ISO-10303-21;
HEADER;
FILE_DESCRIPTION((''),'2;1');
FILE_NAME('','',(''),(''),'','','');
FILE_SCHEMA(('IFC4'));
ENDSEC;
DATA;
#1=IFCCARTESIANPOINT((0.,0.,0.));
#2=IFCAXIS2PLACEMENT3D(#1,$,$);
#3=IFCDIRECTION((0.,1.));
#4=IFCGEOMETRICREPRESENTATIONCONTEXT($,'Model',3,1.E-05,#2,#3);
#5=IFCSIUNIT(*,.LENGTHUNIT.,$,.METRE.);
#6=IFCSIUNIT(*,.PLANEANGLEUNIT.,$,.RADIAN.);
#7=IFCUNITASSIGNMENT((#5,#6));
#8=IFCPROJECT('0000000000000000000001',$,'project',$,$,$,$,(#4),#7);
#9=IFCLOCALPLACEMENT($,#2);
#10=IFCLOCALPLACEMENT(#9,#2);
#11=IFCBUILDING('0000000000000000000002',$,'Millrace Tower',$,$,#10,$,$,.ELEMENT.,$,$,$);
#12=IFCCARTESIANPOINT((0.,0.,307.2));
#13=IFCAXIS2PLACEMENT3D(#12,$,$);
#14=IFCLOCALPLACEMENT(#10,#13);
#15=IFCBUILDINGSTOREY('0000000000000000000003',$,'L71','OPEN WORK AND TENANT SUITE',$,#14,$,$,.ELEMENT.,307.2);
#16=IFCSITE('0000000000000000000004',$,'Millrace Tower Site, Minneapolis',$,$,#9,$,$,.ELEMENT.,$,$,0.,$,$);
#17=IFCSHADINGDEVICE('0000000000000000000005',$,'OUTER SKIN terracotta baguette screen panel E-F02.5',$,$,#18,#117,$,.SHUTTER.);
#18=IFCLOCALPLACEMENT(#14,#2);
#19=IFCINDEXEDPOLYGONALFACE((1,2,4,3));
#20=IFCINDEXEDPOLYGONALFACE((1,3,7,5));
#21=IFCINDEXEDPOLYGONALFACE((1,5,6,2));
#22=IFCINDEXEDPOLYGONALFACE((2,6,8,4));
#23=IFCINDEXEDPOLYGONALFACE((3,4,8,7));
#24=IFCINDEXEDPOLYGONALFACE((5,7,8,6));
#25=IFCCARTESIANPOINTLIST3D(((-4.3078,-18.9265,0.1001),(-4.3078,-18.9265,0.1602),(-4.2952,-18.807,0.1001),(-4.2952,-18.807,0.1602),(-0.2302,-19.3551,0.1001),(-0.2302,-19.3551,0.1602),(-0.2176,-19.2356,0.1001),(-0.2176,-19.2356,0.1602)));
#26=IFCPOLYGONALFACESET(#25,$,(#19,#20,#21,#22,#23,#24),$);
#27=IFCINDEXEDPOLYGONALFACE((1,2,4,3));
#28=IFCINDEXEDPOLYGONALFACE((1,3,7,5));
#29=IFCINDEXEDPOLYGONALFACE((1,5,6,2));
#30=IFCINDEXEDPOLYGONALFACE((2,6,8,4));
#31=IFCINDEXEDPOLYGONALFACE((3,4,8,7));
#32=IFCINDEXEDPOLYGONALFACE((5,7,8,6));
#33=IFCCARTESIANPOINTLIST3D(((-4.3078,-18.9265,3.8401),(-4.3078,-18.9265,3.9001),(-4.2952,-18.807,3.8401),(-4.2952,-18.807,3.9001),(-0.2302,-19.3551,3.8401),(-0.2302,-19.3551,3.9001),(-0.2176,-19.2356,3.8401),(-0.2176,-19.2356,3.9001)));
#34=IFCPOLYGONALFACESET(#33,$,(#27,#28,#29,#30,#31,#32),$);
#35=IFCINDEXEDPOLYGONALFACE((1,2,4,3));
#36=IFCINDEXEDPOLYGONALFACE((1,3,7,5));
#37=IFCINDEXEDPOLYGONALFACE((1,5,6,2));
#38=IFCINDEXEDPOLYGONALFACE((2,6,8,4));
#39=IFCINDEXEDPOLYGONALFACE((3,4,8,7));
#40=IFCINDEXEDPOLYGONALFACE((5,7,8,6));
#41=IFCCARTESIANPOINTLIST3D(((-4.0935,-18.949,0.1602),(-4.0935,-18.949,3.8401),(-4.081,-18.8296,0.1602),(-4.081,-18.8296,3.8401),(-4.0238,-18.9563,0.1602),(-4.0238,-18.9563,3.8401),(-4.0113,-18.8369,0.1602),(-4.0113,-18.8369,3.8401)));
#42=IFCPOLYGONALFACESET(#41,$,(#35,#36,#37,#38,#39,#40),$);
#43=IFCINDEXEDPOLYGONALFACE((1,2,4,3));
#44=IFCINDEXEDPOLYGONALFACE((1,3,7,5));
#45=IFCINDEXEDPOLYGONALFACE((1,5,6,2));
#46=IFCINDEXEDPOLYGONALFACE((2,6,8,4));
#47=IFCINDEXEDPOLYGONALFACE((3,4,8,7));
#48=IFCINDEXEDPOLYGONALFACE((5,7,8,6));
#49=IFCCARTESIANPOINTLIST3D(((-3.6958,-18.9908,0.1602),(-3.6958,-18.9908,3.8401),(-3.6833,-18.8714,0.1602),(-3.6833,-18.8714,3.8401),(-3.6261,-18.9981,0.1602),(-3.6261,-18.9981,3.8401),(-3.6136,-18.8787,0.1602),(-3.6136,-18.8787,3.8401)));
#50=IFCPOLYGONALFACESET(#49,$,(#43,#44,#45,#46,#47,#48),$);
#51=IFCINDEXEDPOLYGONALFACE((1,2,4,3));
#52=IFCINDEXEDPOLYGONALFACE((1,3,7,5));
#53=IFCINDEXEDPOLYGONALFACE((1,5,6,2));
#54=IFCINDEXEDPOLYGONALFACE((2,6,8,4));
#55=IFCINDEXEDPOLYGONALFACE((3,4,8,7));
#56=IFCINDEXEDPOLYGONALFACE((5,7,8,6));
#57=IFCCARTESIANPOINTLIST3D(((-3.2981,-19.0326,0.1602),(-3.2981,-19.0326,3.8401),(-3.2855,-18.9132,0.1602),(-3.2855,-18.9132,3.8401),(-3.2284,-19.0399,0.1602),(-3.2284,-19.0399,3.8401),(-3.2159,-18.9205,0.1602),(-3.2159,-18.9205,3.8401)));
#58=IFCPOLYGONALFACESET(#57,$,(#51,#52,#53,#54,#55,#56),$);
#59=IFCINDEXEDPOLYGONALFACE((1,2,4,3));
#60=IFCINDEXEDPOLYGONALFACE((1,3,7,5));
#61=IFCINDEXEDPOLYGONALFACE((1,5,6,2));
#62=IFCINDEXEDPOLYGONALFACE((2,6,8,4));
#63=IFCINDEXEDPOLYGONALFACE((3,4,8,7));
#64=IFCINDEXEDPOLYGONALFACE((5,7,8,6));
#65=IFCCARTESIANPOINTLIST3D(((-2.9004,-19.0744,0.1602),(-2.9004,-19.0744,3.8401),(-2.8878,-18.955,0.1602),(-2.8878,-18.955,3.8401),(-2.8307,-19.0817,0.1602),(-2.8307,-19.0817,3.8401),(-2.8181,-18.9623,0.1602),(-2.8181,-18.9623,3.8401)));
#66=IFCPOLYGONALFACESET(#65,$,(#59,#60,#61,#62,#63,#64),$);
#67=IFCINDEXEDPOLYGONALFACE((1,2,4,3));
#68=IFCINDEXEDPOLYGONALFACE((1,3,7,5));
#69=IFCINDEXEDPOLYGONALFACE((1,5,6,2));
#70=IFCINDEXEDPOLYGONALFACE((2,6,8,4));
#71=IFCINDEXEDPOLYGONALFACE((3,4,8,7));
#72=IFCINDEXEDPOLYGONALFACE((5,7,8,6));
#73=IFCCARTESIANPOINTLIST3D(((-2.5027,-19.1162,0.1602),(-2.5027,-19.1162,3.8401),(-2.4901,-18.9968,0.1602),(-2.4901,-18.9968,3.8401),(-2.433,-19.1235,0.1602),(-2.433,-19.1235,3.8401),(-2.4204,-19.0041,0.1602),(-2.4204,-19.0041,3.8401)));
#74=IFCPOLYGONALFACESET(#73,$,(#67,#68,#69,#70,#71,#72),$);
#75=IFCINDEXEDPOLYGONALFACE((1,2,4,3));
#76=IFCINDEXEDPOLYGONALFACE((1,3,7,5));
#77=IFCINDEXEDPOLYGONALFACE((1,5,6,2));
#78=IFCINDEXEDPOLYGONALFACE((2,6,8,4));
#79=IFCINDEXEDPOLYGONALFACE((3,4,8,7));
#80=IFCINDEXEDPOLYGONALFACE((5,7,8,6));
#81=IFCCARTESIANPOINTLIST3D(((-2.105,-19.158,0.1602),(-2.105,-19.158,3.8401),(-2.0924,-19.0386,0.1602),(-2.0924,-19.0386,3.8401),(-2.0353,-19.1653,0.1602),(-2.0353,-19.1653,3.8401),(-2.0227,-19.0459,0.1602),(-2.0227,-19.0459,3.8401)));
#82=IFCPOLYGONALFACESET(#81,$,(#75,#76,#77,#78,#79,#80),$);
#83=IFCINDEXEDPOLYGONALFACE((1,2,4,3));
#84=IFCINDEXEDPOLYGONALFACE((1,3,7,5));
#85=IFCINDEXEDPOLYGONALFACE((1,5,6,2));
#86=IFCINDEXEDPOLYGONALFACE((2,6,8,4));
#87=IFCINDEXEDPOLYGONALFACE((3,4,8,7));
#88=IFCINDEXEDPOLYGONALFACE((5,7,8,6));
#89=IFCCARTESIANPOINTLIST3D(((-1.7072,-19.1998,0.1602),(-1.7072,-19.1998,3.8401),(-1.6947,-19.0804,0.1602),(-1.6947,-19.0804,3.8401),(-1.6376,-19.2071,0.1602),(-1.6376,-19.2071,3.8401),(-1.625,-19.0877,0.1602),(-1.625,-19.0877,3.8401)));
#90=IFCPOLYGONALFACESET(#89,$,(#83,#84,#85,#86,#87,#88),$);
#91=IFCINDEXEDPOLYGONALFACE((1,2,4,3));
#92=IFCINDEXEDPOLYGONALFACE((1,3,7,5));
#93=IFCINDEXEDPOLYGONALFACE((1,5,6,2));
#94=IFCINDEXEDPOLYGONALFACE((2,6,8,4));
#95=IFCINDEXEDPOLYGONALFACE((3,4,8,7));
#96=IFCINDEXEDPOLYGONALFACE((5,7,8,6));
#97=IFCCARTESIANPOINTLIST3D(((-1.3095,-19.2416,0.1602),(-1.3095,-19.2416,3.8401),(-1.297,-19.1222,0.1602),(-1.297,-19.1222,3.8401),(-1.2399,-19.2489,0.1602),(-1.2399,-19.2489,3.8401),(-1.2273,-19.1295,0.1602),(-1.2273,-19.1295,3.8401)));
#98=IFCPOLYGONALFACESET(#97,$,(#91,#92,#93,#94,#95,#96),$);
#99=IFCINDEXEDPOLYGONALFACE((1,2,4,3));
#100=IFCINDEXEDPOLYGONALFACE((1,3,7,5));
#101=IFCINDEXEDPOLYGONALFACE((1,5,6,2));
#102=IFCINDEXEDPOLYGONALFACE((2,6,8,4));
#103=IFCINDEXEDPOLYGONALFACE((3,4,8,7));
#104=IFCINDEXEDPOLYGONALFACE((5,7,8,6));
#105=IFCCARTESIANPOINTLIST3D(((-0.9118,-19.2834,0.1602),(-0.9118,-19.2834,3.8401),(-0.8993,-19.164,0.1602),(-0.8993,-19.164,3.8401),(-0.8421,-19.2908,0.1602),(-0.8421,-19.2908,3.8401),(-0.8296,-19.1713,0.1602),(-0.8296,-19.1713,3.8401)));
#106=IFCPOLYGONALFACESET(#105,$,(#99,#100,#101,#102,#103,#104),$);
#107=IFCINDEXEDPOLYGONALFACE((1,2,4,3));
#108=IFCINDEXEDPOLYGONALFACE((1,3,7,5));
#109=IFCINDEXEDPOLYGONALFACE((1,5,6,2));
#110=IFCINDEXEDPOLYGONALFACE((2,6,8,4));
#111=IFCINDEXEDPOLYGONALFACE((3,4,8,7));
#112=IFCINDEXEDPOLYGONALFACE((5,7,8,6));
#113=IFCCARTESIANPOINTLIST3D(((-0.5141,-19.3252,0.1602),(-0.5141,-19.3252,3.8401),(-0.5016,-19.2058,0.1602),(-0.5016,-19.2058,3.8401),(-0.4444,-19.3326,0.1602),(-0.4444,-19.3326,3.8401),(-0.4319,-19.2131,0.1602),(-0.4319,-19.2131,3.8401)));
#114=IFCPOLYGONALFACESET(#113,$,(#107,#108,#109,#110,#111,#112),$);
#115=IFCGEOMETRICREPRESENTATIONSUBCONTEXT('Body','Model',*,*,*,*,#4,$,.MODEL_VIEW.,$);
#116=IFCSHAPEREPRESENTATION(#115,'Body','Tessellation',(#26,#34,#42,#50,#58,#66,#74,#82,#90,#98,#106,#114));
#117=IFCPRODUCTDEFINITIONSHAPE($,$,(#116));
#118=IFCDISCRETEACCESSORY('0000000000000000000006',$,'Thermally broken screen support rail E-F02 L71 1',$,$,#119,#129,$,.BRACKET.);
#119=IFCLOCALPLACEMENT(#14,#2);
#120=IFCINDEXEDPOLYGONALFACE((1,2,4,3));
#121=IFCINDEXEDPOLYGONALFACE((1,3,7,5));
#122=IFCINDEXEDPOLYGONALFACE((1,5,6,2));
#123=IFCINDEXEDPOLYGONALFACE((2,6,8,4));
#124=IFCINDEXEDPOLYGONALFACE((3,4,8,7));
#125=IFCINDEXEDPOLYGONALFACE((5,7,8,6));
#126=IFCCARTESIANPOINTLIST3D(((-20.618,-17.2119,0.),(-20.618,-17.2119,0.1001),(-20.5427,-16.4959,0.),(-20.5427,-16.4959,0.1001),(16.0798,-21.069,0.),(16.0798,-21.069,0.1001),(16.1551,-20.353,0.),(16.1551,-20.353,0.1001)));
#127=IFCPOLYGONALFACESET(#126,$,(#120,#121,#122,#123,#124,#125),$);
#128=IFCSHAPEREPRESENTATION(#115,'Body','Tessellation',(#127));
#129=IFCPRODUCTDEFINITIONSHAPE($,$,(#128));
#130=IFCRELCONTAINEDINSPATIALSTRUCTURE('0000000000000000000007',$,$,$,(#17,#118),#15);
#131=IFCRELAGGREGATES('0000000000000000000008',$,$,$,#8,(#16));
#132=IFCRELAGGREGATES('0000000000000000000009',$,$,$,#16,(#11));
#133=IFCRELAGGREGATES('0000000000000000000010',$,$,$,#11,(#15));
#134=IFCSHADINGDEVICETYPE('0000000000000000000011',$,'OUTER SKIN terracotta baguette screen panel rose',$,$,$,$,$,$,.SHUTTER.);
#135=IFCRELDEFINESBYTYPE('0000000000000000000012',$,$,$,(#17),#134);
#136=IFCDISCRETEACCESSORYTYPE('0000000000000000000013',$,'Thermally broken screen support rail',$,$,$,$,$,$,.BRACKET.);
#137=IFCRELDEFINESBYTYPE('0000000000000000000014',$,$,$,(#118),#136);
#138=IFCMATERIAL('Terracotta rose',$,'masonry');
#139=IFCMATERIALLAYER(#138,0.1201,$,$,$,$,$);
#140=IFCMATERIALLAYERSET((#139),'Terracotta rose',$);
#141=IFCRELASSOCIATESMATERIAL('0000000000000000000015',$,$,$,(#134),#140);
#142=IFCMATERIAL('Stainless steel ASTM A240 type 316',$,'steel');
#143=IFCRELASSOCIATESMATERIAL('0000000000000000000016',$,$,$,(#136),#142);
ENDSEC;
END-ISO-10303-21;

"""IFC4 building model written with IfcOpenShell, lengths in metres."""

from ifc_helpers import new_model, entity, si_unit, direction, frame, frame_2d, origin, origin_2d, place, context, subcontext, project, spatial, rectangle, extrude, source, transform, mapped, material, layer, layer_set, type_object, element, save


model = new_model("IFC4")

# Units and contexts
model_context = context("Model", 3, precision=1e-05, world=origin(), true_north=direction((0.0, 1.0)))
body_context = subcontext(model_context, "Body", "Model", "MODEL_VIEW")
ifc_project = project(units=[si_unit("LENGTHUNIT", "METRE"), si_unit("PLANEANGLEUNIT", "RADIAN")], contexts=[model_context])

# Site, building, storey
site_placement = place(None, origin())
site = spatial("IfcSite", under=ifc_project, at=site_placement, Name="Millrace Tower Site, Minneapolis", CompositionType="ELEMENT", RefElevation=0.0)
building_placement = place(site_placement, origin())
building = spatial("IfcBuilding", under=site, at=building_placement, Name="Millrace Tower", CompositionType="ELEMENT")
storey_placement = place(building_placement, frame((0.0, 0.0, 307.2)))
storey = spatial("IfcBuildingStorey", under=building, at=storey_placement, Name="L71", Description="OPEN WORK AND TENANT SUITE", CompositionType="ELEMENT", Elevation=307.2)

# Shading device
ifc_material_1 = material(Name="Terracotta rose", Category="masonry")
ifc_layer_1 = layer(ifc_material_1, 0.1201)
ifc_layer_set_1 = layer_set([ifc_layer_1], Name="Terracotta rose")
shading_device_type = type_object("IfcShadingDeviceType", Name="OUTER SKIN terracotta baguette screen panel rose", PredefinedType="SHUTTER", material=ifc_layer_set_1)
cartesian_point = entity("IfcCartesianPoint", [-2.05, 0.0601])
shared_polyline = entity("IfcPolyline", [cartesian_point, entity("IfcCartesianPoint", [2.05, 0.0601]), entity("IfcCartesianPoint", [2.05, -0.0601]), entity("IfcCartesianPoint", [-2.05, -0.0601]), cartesian_point])
shared_shape = source(origin(), body_context, "Body", "SweptSolid", [
    entity("IfcExtrudedAreaSolid", entity("IfcArbitraryClosedProfileDef", "AREA", None, shared_polyline), entity("IfcAxis2Placement3D", entity("IfcCartesianPoint", [0.0, 0.0, 0.0])), entity("IfcDirection", [0.0, 0.0, 1.0]), 0.0601),
    entity("IfcExtrudedAreaSolid", entity("IfcArbitraryClosedProfileDef", "AREA", None, shared_polyline), entity("IfcAxis2Placement3D", entity("IfcCartesianPoint", [0.0, 0.0, 3.74])), entity("IfcDirection", [0.0, 0.0, 1.0]), 0.0601),
    extrude(rectangle(XDim=0.0701, YDim=0.1201, at=frame_2d((-1.7996, 0.0))), frame((0.0, 0.0, 0.0601)), (0.0, 0.0, 1.0), 3.6799),
    extrude(rectangle(XDim=0.0701, YDim=0.1201, at=frame_2d((-1.3997, 0.0))), frame((0.0, 0.0, 0.0601)), (0.0, 0.0, 1.0), 3.6799),
    extrude(rectangle(XDim=0.0701, YDim=0.1201, at=frame_2d((-0.9998, 0.0))), frame((0.0, 0.0, 0.0601)), (0.0, 0.0, 1.0), 3.6799),
    extrude(rectangle(XDim=0.0701, YDim=0.1201, at=frame_2d((-0.5999, 0.0))), frame((0.0, 0.0, 0.0601)), (0.0, 0.0, 1.0), 3.6799),
    extrude(rectangle(XDim=0.0701, YDim=0.1201, at=frame_2d((-0.2, 0.0))), frame((0.0, 0.0, 0.0601)), (0.0, 0.0, 1.0), 3.6799),
    extrude(rectangle(XDim=0.0701, YDim=0.1201, at=frame_2d((0.2, 0.0))), frame((0.0, 0.0, 0.0601)), (0.0, 0.0, 1.0), 3.6799),
    extrude(rectangle(XDim=0.0701, YDim=0.1201, at=frame_2d((0.5999, 0.0))), frame((0.0, 0.0, 0.0601)), (0.0, 0.0, 1.0), 3.6799),
    extrude(rectangle(XDim=0.0701, YDim=0.1201, at=frame_2d((0.9998, 0.0))), frame((0.0, 0.0, 0.0601)), (0.0, 0.0, 1.0), 3.6799),
    extrude(rectangle(XDim=0.0701, YDim=0.1201, at=frame_2d((1.3997, 0.0))), frame((0.0, 0.0, 0.0601)), (0.0, 0.0, 1.0), 3.6799),
    extrude(rectangle(XDim=0.0701, YDim=0.1201, at=frame_2d((1.7996, 0.0))), frame((0.0, 0.0, 0.0601)), (0.0, 0.0, 1.0), 3.6799),
])
for number, where, z_axis, x_axis, name in (
    (1, (-2.2627, -19.0811, 0.1001), (0.0, 0.0, 1.0), (0.994522, -0.104528, 0.0), "OUTER SKIN terracotta baguette screen panel E-F02.5"),
):
    element("IfcShadingDevice", number, at=place(storey_placement, frame(where, z_axis=z_axis, x_axis=x_axis)), inside=storey, type_object=shading_device_type, Name=name, PredefinedType="SHUTTER", context=body_context, shape_type="MappedRepresentation", body=[
        mapped(shared_shape, transform((0.0, 0.0, 0.0), scale=1.0)),
    ])

# Discrete accessory
ifc_material_2 = material(Name="Stainless steel ASTM A240 type 316", Category="steel")
discrete_accessory_type = type_object("IfcDiscreteAccessoryType", Name="Thermally broken screen support rail", PredefinedType="BRACKET", material=ifc_material_2)
discrete_accessory_placement = place(storey_placement, frame((-2.2314, -18.7825, 0.0), z_axis=(0.0, 0.0, 1.0), x_axis=(0.994522, -0.104528, 0.0)))
element("IfcDiscreteAccessory", 2, at=discrete_accessory_placement, inside=storey, type_object=discrete_accessory_type, Name="Thermally broken screen support rail E-F02 L71 1", PredefinedType="BRACKET", context=body_context, shape_type="SweptSolid", body=[
    extrude(rectangle(XDim=36.8999, YDim=0.72, at=origin_2d()), origin(), (0.0, 0.0, 1.0), 0.1001),
])

save(model, "model.ifc")
